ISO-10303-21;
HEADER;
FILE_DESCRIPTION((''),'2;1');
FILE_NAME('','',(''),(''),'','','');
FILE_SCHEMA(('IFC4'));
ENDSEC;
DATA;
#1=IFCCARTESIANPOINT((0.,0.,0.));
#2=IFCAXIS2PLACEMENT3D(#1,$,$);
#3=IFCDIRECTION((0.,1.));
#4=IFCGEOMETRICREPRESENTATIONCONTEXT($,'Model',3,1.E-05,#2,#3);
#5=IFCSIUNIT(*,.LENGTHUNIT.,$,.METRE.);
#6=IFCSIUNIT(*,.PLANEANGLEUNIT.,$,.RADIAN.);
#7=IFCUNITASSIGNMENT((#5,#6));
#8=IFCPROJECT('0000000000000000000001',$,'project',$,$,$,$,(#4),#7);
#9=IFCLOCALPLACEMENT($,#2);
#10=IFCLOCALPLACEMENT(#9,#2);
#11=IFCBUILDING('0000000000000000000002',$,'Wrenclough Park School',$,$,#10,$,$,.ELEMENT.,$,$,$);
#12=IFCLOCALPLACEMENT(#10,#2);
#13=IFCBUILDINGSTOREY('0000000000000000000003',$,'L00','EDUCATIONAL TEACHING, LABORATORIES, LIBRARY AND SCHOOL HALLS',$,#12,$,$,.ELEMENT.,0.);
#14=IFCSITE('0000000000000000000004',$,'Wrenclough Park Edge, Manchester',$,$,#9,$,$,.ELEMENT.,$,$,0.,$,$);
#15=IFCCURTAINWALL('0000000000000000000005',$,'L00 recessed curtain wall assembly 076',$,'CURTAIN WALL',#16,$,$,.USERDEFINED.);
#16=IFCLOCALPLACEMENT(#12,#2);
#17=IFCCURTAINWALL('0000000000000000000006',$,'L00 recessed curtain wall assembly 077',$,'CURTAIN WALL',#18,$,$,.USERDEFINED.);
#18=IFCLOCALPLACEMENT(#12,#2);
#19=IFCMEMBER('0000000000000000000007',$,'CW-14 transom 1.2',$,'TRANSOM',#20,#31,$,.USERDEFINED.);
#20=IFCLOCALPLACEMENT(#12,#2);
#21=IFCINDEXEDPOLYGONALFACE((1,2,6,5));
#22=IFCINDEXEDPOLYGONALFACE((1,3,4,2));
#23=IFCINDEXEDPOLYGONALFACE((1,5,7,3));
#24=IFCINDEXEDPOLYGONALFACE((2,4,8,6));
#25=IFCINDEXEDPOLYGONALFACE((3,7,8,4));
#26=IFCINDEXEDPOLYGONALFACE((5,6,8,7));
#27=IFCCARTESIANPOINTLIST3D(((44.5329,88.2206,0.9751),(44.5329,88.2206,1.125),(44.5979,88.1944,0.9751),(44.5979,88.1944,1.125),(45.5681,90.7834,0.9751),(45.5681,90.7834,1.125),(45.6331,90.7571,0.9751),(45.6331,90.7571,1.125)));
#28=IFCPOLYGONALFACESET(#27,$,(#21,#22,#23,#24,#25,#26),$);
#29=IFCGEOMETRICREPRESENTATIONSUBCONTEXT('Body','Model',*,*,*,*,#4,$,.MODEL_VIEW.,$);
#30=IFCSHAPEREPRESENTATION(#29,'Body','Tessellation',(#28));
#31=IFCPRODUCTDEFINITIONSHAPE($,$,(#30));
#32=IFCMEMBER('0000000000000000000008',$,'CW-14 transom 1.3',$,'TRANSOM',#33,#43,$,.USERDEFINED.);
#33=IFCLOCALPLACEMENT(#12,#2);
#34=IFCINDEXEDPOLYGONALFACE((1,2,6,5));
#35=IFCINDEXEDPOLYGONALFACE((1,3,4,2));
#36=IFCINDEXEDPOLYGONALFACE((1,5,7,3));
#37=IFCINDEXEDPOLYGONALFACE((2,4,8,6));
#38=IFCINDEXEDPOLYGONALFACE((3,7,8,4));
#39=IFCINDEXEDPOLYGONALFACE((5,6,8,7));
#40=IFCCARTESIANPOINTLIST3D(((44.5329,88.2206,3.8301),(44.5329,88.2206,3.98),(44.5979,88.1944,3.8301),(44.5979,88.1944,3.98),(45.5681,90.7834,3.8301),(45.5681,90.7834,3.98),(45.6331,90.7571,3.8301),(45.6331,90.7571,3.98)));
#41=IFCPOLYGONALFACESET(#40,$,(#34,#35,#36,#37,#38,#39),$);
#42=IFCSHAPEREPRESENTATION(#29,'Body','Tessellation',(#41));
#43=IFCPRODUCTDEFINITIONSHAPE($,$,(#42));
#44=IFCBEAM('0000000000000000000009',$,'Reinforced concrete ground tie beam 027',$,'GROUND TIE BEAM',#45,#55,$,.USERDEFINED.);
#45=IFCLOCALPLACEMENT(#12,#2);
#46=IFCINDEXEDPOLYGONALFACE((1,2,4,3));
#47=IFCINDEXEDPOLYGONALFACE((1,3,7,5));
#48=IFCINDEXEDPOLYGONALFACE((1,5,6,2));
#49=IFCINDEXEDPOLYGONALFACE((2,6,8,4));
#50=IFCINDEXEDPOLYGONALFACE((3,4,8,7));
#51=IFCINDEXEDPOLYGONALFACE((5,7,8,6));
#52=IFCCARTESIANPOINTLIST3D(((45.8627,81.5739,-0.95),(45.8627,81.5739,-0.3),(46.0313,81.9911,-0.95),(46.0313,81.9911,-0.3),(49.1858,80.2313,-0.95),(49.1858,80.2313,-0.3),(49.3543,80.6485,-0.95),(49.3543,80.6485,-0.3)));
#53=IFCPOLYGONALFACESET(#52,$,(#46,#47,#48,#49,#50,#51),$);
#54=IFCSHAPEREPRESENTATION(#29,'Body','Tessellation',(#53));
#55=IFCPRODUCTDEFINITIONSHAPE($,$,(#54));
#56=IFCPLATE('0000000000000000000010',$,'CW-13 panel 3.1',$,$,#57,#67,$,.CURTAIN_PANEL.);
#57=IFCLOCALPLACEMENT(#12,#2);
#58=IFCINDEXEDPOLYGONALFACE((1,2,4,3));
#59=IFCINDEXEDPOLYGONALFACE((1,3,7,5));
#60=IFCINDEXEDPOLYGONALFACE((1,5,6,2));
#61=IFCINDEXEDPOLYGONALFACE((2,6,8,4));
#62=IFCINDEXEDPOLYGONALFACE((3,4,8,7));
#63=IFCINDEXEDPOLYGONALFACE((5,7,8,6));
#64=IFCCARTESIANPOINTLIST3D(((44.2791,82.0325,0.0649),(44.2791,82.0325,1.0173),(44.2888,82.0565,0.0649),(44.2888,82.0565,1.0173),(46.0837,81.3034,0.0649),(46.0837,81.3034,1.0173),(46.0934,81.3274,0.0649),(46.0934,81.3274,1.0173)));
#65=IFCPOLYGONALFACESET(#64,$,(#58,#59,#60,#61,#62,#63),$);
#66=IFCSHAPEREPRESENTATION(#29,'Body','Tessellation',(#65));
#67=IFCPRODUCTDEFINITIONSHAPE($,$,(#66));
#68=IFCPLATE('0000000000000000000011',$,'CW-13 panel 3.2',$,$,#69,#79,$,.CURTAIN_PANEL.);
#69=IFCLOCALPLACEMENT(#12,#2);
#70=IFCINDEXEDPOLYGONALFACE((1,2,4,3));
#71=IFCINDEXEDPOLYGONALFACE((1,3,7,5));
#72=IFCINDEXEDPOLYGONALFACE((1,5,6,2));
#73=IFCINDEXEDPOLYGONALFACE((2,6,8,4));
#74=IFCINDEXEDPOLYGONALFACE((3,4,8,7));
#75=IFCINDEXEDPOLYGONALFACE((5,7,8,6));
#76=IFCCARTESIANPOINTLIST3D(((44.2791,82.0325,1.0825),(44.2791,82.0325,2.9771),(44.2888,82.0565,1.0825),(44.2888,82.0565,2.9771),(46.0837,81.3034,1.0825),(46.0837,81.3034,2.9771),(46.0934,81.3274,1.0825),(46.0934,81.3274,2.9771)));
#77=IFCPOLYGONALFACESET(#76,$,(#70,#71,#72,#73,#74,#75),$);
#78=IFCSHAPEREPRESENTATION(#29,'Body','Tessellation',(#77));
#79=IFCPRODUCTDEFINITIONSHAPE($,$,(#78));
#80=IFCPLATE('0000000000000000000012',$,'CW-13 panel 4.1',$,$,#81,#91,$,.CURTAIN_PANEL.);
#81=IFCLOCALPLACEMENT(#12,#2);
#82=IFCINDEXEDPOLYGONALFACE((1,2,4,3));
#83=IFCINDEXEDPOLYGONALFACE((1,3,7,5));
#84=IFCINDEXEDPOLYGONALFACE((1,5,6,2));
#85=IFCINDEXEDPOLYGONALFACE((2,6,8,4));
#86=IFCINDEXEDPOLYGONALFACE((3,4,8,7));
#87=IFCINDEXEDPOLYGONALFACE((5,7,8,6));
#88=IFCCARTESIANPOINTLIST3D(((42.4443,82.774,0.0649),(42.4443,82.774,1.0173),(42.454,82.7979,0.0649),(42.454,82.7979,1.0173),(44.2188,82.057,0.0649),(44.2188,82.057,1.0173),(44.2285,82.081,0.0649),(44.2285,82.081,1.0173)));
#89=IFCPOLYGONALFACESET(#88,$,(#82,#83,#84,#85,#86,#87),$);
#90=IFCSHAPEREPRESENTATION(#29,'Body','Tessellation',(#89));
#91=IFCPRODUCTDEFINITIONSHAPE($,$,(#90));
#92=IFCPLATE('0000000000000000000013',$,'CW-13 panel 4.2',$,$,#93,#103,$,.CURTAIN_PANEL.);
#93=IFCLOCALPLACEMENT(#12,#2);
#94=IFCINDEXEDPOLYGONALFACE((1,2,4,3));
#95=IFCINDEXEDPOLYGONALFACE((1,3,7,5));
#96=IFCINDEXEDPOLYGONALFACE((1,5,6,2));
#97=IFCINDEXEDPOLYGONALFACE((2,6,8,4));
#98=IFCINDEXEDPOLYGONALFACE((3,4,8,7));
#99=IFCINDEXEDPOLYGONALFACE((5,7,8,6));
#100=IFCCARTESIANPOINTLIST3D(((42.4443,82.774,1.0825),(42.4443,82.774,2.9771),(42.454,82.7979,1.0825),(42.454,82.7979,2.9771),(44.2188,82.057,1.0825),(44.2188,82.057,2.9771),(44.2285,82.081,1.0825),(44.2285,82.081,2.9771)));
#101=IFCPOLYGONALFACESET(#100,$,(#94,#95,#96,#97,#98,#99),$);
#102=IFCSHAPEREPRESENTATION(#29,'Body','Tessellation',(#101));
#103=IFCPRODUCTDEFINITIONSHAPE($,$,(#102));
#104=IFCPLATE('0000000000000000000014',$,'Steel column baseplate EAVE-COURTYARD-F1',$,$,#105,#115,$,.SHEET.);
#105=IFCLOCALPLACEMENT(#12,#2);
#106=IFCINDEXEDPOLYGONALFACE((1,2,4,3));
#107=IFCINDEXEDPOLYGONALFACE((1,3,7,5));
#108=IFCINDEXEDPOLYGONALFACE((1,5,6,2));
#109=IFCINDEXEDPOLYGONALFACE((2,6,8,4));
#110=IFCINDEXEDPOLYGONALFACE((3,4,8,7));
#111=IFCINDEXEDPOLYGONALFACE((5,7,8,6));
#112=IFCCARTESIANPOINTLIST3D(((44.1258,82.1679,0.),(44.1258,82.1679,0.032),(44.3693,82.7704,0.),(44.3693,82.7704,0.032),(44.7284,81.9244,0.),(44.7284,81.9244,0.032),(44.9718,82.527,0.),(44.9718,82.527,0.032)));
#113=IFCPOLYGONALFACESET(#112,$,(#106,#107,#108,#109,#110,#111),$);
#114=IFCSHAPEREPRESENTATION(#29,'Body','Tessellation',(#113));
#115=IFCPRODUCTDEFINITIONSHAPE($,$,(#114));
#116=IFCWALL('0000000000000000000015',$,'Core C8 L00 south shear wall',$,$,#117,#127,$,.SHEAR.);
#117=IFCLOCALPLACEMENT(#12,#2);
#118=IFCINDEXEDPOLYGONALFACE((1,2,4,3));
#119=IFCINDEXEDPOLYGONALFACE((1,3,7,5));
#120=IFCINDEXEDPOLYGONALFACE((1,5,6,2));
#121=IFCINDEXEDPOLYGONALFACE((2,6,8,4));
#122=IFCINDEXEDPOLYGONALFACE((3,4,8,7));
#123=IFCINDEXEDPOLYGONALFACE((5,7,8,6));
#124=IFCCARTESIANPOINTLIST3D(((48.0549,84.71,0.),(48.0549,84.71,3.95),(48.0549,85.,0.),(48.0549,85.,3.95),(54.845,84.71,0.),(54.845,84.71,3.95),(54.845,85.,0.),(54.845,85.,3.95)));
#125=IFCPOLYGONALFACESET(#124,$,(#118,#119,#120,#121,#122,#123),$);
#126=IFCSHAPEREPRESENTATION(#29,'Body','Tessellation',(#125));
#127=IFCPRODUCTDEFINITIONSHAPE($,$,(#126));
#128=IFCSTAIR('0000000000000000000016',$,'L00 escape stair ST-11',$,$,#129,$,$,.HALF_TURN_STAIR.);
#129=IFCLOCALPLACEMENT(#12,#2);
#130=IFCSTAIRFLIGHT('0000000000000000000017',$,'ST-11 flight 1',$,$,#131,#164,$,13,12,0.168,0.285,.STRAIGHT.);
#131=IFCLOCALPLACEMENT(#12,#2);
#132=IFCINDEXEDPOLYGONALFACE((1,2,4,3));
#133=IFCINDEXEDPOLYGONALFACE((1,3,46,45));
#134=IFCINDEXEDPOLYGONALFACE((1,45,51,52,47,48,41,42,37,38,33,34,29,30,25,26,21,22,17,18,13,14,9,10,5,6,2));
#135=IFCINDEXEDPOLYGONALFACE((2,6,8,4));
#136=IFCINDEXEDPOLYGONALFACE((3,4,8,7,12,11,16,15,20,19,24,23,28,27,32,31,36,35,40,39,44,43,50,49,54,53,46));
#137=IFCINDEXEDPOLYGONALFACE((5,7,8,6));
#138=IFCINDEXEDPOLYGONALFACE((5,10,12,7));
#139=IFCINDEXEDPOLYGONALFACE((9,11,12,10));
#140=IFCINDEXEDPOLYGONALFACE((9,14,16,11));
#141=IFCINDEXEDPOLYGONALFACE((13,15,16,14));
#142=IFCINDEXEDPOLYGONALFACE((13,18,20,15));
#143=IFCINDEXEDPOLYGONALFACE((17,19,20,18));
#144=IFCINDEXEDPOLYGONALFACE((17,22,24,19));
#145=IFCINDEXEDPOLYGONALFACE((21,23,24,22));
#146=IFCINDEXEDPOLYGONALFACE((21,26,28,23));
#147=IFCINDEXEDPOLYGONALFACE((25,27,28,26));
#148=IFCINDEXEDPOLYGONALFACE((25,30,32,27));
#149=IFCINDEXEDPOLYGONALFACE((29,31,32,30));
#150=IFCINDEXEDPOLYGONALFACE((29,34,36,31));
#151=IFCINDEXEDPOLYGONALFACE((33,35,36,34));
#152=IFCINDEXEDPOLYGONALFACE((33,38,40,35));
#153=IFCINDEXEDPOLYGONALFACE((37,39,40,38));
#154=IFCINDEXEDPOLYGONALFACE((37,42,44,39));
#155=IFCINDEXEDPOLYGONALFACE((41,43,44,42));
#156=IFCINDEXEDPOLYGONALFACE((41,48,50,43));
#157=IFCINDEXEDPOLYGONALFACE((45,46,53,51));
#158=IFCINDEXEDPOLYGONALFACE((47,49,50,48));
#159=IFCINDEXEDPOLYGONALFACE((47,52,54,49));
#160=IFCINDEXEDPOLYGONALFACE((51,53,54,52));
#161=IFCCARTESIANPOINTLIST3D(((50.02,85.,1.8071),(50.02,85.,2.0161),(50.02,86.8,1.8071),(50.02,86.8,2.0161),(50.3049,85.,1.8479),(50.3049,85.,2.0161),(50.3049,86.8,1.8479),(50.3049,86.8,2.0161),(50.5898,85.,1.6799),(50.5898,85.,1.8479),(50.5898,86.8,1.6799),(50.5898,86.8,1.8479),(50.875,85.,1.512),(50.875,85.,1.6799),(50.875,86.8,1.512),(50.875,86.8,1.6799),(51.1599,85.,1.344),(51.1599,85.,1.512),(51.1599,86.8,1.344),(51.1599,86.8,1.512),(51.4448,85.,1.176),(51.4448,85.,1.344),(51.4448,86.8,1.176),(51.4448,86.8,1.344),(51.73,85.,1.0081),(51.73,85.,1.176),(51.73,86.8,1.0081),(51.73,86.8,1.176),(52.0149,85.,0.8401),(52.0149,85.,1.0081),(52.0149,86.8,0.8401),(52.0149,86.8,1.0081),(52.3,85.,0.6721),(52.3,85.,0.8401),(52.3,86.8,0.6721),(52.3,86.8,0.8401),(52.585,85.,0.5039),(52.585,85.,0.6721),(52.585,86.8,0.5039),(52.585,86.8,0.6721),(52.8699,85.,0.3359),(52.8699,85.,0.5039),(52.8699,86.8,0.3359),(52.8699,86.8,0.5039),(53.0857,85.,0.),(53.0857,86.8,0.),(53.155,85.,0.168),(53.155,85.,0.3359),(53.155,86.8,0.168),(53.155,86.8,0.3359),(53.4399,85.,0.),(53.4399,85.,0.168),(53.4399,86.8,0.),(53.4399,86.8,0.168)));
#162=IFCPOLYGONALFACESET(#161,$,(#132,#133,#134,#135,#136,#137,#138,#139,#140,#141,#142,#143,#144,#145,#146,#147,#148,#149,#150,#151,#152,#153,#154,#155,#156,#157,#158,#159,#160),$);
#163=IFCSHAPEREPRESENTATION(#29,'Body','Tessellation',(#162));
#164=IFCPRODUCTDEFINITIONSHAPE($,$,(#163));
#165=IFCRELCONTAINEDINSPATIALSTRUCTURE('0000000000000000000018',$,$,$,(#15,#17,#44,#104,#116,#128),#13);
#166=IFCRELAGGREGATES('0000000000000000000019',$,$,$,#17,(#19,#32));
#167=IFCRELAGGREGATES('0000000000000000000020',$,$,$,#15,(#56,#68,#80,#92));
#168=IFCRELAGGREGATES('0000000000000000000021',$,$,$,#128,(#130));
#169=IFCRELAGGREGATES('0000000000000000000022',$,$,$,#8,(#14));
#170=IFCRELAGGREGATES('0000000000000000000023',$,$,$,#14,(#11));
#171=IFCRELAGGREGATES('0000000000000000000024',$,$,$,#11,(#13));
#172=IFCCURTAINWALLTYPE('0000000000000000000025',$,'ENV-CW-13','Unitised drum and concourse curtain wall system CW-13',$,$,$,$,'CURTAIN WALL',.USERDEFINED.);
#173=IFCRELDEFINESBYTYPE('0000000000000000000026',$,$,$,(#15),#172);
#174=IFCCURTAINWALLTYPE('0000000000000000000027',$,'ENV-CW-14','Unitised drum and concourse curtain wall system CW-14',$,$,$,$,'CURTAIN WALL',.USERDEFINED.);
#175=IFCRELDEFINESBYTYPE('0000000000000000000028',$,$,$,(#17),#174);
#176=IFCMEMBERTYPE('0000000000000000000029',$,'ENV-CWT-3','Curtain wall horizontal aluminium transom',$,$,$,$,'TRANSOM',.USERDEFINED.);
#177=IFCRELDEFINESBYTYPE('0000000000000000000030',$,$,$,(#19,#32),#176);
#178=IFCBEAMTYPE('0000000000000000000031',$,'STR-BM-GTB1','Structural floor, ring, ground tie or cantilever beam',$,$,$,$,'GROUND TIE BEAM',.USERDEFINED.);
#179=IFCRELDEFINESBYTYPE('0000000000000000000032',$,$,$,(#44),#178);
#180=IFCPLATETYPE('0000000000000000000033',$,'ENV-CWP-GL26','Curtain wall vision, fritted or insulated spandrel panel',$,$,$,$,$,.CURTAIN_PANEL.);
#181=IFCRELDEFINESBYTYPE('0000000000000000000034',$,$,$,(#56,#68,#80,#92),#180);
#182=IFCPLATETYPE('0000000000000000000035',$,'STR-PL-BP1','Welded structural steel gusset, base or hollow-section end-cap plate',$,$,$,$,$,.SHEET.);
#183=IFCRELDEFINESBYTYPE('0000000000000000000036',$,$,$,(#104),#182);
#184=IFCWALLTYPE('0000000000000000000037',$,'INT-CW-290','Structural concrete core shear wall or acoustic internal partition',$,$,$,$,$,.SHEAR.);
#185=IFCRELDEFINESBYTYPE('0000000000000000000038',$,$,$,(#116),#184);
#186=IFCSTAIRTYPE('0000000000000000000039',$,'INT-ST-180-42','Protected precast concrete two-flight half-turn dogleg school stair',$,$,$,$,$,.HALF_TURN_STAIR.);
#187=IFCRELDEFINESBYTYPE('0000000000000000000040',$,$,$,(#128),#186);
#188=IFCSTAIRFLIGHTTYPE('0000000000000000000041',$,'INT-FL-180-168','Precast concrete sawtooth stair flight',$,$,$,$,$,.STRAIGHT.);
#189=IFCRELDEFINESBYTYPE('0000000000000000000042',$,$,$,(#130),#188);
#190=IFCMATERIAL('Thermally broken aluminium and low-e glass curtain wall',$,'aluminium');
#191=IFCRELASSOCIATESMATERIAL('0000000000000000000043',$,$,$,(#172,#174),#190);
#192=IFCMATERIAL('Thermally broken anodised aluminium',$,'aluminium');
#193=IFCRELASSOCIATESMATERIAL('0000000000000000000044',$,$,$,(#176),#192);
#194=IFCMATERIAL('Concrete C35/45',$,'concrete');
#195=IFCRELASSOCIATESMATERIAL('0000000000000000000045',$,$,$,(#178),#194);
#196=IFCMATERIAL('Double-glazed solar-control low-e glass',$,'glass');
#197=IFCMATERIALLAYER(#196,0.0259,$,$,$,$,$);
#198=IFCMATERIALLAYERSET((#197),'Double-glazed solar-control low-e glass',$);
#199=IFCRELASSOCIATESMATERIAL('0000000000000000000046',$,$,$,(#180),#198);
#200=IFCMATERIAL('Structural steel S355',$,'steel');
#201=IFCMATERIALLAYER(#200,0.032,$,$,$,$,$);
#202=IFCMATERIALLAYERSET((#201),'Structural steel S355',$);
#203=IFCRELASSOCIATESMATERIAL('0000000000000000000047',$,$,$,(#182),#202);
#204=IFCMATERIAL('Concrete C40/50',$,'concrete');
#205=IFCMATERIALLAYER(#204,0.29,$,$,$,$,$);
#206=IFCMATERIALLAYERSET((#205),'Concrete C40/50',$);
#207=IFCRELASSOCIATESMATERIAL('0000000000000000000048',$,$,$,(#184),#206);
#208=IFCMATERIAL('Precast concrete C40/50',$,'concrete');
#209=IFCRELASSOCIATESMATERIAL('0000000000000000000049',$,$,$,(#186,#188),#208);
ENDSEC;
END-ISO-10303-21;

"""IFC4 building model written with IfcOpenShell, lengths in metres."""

from ifc_helpers import new_model, si_unit, direction, frame, frame_2d, origin, origin_2d, place, context, subcontext, project, spatial, polyline, rectangle, outline, extrude, material, layer, layer_set, material_profile, profile_set, type_object, element, aggregate, save


model = new_model("IFC4")

# Units and contexts
model_context = context("Model", 3, precision=1e-05, world=origin(), true_north=direction((0.0, 1.0)))
body_context = subcontext(model_context, "Body", "Model", "MODEL_VIEW")
ifc_project = project(units=[si_unit("LENGTHUNIT", "METRE"), si_unit("PLANEANGLEUNIT", "RADIAN")], contexts=[model_context])

# Site, building, storey
site_placement = place(None, origin())
site = spatial("IfcSite", under=ifc_project, at=site_placement, Name="Wrenclough Park Edge, Manchester", CompositionType="ELEMENT", RefElevation=0.0)
building_placement = place(site_placement, origin())
building = spatial("IfcBuilding", under=site, at=building_placement, Name="Wrenclough Park School", CompositionType="ELEMENT")
storey_placement = place(building_placement, origin())
storey = spatial("IfcBuildingStorey", under=building, at=storey_placement, Name="L00", Description="EDUCATIONAL TEACHING, LABORATORIES, LIBRARY AND SCHOOL HALLS", CompositionType="ELEMENT", Elevation=0.0)

# Shared definitions
ifc_material_1 = material(Name="Concrete C35/45", Category="concrete")
ifc_material_2 = material(Name="Concrete C40/50", Category="concrete")

# Shared definitions
ifc_material_3 = material(Name="Structural steel S355", Category="steel")

# Curtain walls
ifc_material_4 = material(Name="Thermally broken aluminium and low-e glass curtain wall", Category="aluminium")
curtain_wall_type_1 = type_object("IfcCurtainWallType", Name="ENV-CW-13", Description="Unitised drum and concourse curtain wall system CW-13", ElementType="CURTAIN WALL", PredefinedType="USERDEFINED", material=ifc_material_4)
curtain_wall_1_placement = place(storey_placement, origin())
curtain_wall_1 = element("IfcCurtainWall", 1, at=curtain_wall_1_placement, inside=storey, type_object=curtain_wall_type_1, Name="L00 recessed curtain wall assembly 076", ObjectType="CURTAIN WALL", PredefinedType="USERDEFINED")
ifc_material_5 = material(Name="Thermally broken anodised aluminium", Category="aluminium")
curtain_wall_type_2 = type_object("IfcCurtainWallType", Name="ENV-CW-14", Description="Unitised drum and concourse curtain wall system CW-14", ElementType="CURTAIN WALL", PredefinedType="USERDEFINED", material=ifc_material_4)
curtain_wall_2_placement = place(storey_placement, origin())
curtain_wall_2 = element("IfcCurtainWall", 2, at=curtain_wall_2_placement, inside=storey, type_object=curtain_wall_type_2, Name="L00 recessed curtain wall assembly 077", ObjectType="CURTAIN WALL", PredefinedType="USERDEFINED")

# Members
ifc_material_profile_1 = material_profile(ifc_material_5, rectangle(XDim=0.0701, YDim=0.1499, at=origin_2d()), Name="AL TRANSOM 70x150")
ifc_profile_set_1 = profile_set([ifc_material_profile_1], Name="Thermally broken anodised aluminium")
member_type_1 = type_object("IfcMemberType", Name="ENV-CWT-3", Description="Curtain wall horizontal aluminium transom", ElementType="TRANSOM", PredefinedType="USERDEFINED", material=ifc_profile_set_1)
member_1_placement = place(storey_placement, frame((44.5654, 88.2075, 1.05), z_axis=(0.374526, 0.927216, 0.0), x_axis=(-0.927216, 0.374526, 0.0)))
member_1 = element("IfcMember", 3, at=member_1_placement, type_object=member_type_1, Name="CW-14 transom 1.2", ObjectType="TRANSOM", PredefinedType="USERDEFINED", context=body_context, shape_type="SweptSolid", body=[
    extrude(rectangle(XDim=0.0701, YDim=0.1499, at=origin_2d()), origin(), (0.0, 0.0, 1.0), 2.7639),
])
member_2_placement = place(storey_placement, frame((44.5654, 88.2075, 3.905), z_axis=(0.374526, 0.927216, 0.0), x_axis=(-0.927216, 0.374526, 0.0)))
member_2 = element("IfcMember", 4, at=member_2_placement, type_object=member_type_1, Name="CW-14 transom 1.3", ObjectType="TRANSOM", PredefinedType="USERDEFINED", context=body_context, shape_type="SweptSolid", body=[
    extrude(rectangle(XDim=0.0701, YDim=0.1499, at=origin_2d()), origin(), (0.0, 0.0, 1.0), 2.7639),
])
aggregate(curtain_wall_2, [member_1, member_2])

# Beam
ifc_material_profile_2 = material_profile(ifc_material_1, rectangle(XDim=0.45, YDim=0.6499, at=origin_2d()), Name="RC GROUND 450x650")
ifc_profile_set_2 = profile_set([ifc_material_profile_2], Name="Concrete C35/45")
beam_type = type_object("IfcBeamType", Name="STR-BM-GTB1", Description="Structural floor, ring, ground tie or cantilever beam", ElementType="GROUND TIE BEAM", PredefinedType="USERDEFINED", material=ifc_profile_set_2)
beam_placement = place(storey_placement, frame((45.947, 81.7825, -0.625), z_axis=(0.927189, -0.374595, 0.0), x_axis=(0.374595, 0.927189, 0.0)))
element("IfcBeam", 5, at=beam_placement, inside=storey, type_object=beam_type, Name="Reinforced concrete ground tie beam 027", ObjectType="GROUND TIE BEAM", PredefinedType="USERDEFINED", context=body_context, shape_type="SweptSolid", body=[
    extrude(rectangle(XDim=0.45, YDim=0.6499, at=origin_2d()), origin(), (0.0, 0.0, 1.0), 3.584),
])

# Plates
ifc_material_6 = material(Name="Double-glazed solar-control low-e glass", Category="glass")
ifc_layer_1 = layer(ifc_material_6, 0.0259)
ifc_layer_set_1 = layer_set([ifc_layer_1], Name="Double-glazed solar-control low-e glass")
plate_type_1 = type_object("IfcPlateType", Name="ENV-CWP-GL26", Description="Curtain wall vision, fritted or insulated spandrel panel", PredefinedType="CURTAIN_PANEL", material=ifc_layer_set_1)
plate_1_placement = place(storey_placement, frame((45.1863, 81.6799, 0.0649), z_axis=(0.0, 0.0, 1.0), x_axis=(-0.927185, 0.374603, 0.0)))
plate_1 = element("IfcPlate", 6, at=plate_1_placement, type_object=plate_type_1, Name="CW-13 panel 3.1", PredefinedType="CURTAIN_PANEL", context=body_context, shape_type="SweptSolid", body=[
    extrude(rectangle(XDim=1.9463, YDim=0.0259, at=origin_2d()), origin(), (0.0, 0.0, 1.0), 0.9524),
])
plate_2_placement = place(storey_placement, frame((45.1863, 81.6799, 1.0825), z_axis=(0.0, 0.0, 1.0), x_axis=(-0.927185, 0.374603, 0.0)))
plate_2 = element("IfcPlate", 7, at=plate_2_placement, type_object=plate_type_1, Name="CW-13 panel 3.2", PredefinedType="CURTAIN_PANEL", context=body_context, shape_type="SweptSolid", body=[
    extrude(rectangle(XDim=1.9463, YDim=0.0259, at=origin_2d()), origin(), (0.0, 0.0, 1.0), 1.8945),
])
plate_3_placement = place(storey_placement, frame((43.3364, 82.4275, 0.0649), z_axis=(0.0, 0.0, 1.0), x_axis=(-0.927185, 0.374603, 0.0)))
plate_3 = element("IfcPlate", 8, at=plate_3_placement, type_object=plate_type_1, Name="CW-13 panel 4.1", PredefinedType="CURTAIN_PANEL", context=body_context, shape_type="SweptSolid", body=[
    extrude(rectangle(XDim=1.9138, YDim=0.0259, at=origin_2d()), origin(), (0.0, 0.0, 1.0), 0.9524),
])
plate_4_placement = place(storey_placement, frame((43.3364, 82.4275, 1.0825), z_axis=(0.0, 0.0, 1.0), x_axis=(-0.927185, 0.374603, 0.0)))
plate_4 = element("IfcPlate", 9, at=plate_4_placement, type_object=plate_type_1, Name="CW-13 panel 4.2", PredefinedType="CURTAIN_PANEL", context=body_context, shape_type="SweptSolid", body=[
    extrude(rectangle(XDim=1.9138, YDim=0.0259, at=origin_2d()), origin(), (0.0, 0.0, 1.0), 1.8945),
])
aggregate(curtain_wall_1, [plate_1, plate_2, plate_3, plate_4])
ifc_layer_2 = layer(ifc_material_3, 0.032)
ifc_layer_set_2 = layer_set([ifc_layer_2], Name="Structural steel S355")
plate_type_2 = type_object("IfcPlateType", Name="STR-PL-BP1", Description="Welded structural steel gusset, base or hollow-section end-cap plate", PredefinedType="SHEET", material=ifc_layer_set_2)
plate_5_placement = place(storey_placement, frame((44.5488, 82.3474, 0.0), z_axis=(0.0, 0.0, 1.0), x_axis=(0.927184, -0.374607, 0.0)))
element("IfcPlate", 10, at=plate_5_placement, inside=storey, type_object=plate_type_2, Name="Steel column baseplate EAVE-COURTYARD-F1", PredefinedType="SHEET", context=body_context, shape_type="SweptSolid", body=[
    extrude(rectangle(XDim=0.6499, YDim=0.6499, at=origin_2d()), origin(), (0.0, 0.0, 1.0), 0.032),
])

# Wall
ifc_layer_3 = layer(ifc_material_2, 0.29)
ifc_layer_set_3 = layer_set([ifc_layer_3], Name="Concrete C40/50")
wall_type = type_object("IfcWallType", Name="INT-CW-290", Description="Structural concrete core shear wall or acoustic internal partition", PredefinedType="SHEAR", material=ifc_layer_set_3)
wall_placement = place(storey_placement, frame((48.0549, 84.855, 0.0), z_axis=(0.0, 0.0, 1.0), x_axis=(1.0, 0.0, 0.0)))
element("IfcWall", 11, at=wall_placement, inside=storey, type_object=wall_type, Name="Core C8 L00 south shear wall", PredefinedType="SHEAR", context=body_context, shape_type="SweptSolid", body=[
    extrude(rectangle(XDim=6.79, YDim=0.29, at=frame_2d((3.395, 0.0))), origin(), (0.0, 0.0, 1.0), 3.95),
])

# Stair, stair flight
ifc_material_7 = material(Name="Precast concrete C40/50", Category="concrete")
stair_type = type_object("IfcStairType", Name="INT-ST-180-42", Description="Protected precast concrete two-flight half-turn dogleg school stair", PredefinedType="HALF_TURN_STAIR", material=ifc_material_7)
stair_placement = place(storey_placement, origin())
stair = element("IfcStair", 12, at=stair_placement, inside=storey, type_object=stair_type, Name="L00 escape stair ST-11", PredefinedType="HALF_TURN_STAIR")
stair_flight_type = type_object("IfcStairFlightType", Name="INT-FL-180-168", Description="Precast concrete sawtooth stair flight", PredefinedType="STRAIGHT", material=ifc_material_7)
stair_flight_placement = place(storey_placement, frame((53.4399, 85.8999, 0.0), z_axis=(0.0, 0.0, 1.0), x_axis=(-1.0, 0.0, 0.0)))
stair_flight = element("IfcStairFlight", 13, at=stair_flight_placement, type_object=stair_flight_type, Name="ST-11 flight 1", NumberOfRisers=13, NumberOfTreads=12, PredefinedType="STRAIGHT", RiserHeight=0.168, TreadLength=0.285, context=body_context, shape_type="SweptSolid", body=[
    extrude(outline(polyline([(0.0, 0.0), (0.0, 0.168), (0.2849, 0.168), (0.2849, 0.3359), (0.5701, 0.3359), (0.5701, 0.5039), (0.855, 0.5039), (0.855, 0.6721), (1.1399, 0.6721), (1.1399, 0.8401), (1.425, 0.8401), (1.425, 1.0081), (1.71, 1.0081), (1.71, 1.176), (1.9951, 1.176), (1.9951, 1.344), (2.28, 1.344), (2.28, 1.512), (2.5649, 1.512), (2.5649, 1.6799), (2.8501, 1.6799), (2.8501, 1.8479), (3.135, 1.8479), (3.135, 2.0161), (3.4199, 2.0161), (3.4199, 2.1841), (3.4199, 1.8071), (0.3542, 0.0), (0.0, 0.0)])), frame((0.0, 0.8999, 0.0), z_axis=(0.0, -1.0, 0.0), x_axis=(1.0, 0.0, 0.0)), (0.0, 0.0, 1.0), 1.8),
])
aggregate(stair, [stair_flight])

save(model, "model.ifc")
